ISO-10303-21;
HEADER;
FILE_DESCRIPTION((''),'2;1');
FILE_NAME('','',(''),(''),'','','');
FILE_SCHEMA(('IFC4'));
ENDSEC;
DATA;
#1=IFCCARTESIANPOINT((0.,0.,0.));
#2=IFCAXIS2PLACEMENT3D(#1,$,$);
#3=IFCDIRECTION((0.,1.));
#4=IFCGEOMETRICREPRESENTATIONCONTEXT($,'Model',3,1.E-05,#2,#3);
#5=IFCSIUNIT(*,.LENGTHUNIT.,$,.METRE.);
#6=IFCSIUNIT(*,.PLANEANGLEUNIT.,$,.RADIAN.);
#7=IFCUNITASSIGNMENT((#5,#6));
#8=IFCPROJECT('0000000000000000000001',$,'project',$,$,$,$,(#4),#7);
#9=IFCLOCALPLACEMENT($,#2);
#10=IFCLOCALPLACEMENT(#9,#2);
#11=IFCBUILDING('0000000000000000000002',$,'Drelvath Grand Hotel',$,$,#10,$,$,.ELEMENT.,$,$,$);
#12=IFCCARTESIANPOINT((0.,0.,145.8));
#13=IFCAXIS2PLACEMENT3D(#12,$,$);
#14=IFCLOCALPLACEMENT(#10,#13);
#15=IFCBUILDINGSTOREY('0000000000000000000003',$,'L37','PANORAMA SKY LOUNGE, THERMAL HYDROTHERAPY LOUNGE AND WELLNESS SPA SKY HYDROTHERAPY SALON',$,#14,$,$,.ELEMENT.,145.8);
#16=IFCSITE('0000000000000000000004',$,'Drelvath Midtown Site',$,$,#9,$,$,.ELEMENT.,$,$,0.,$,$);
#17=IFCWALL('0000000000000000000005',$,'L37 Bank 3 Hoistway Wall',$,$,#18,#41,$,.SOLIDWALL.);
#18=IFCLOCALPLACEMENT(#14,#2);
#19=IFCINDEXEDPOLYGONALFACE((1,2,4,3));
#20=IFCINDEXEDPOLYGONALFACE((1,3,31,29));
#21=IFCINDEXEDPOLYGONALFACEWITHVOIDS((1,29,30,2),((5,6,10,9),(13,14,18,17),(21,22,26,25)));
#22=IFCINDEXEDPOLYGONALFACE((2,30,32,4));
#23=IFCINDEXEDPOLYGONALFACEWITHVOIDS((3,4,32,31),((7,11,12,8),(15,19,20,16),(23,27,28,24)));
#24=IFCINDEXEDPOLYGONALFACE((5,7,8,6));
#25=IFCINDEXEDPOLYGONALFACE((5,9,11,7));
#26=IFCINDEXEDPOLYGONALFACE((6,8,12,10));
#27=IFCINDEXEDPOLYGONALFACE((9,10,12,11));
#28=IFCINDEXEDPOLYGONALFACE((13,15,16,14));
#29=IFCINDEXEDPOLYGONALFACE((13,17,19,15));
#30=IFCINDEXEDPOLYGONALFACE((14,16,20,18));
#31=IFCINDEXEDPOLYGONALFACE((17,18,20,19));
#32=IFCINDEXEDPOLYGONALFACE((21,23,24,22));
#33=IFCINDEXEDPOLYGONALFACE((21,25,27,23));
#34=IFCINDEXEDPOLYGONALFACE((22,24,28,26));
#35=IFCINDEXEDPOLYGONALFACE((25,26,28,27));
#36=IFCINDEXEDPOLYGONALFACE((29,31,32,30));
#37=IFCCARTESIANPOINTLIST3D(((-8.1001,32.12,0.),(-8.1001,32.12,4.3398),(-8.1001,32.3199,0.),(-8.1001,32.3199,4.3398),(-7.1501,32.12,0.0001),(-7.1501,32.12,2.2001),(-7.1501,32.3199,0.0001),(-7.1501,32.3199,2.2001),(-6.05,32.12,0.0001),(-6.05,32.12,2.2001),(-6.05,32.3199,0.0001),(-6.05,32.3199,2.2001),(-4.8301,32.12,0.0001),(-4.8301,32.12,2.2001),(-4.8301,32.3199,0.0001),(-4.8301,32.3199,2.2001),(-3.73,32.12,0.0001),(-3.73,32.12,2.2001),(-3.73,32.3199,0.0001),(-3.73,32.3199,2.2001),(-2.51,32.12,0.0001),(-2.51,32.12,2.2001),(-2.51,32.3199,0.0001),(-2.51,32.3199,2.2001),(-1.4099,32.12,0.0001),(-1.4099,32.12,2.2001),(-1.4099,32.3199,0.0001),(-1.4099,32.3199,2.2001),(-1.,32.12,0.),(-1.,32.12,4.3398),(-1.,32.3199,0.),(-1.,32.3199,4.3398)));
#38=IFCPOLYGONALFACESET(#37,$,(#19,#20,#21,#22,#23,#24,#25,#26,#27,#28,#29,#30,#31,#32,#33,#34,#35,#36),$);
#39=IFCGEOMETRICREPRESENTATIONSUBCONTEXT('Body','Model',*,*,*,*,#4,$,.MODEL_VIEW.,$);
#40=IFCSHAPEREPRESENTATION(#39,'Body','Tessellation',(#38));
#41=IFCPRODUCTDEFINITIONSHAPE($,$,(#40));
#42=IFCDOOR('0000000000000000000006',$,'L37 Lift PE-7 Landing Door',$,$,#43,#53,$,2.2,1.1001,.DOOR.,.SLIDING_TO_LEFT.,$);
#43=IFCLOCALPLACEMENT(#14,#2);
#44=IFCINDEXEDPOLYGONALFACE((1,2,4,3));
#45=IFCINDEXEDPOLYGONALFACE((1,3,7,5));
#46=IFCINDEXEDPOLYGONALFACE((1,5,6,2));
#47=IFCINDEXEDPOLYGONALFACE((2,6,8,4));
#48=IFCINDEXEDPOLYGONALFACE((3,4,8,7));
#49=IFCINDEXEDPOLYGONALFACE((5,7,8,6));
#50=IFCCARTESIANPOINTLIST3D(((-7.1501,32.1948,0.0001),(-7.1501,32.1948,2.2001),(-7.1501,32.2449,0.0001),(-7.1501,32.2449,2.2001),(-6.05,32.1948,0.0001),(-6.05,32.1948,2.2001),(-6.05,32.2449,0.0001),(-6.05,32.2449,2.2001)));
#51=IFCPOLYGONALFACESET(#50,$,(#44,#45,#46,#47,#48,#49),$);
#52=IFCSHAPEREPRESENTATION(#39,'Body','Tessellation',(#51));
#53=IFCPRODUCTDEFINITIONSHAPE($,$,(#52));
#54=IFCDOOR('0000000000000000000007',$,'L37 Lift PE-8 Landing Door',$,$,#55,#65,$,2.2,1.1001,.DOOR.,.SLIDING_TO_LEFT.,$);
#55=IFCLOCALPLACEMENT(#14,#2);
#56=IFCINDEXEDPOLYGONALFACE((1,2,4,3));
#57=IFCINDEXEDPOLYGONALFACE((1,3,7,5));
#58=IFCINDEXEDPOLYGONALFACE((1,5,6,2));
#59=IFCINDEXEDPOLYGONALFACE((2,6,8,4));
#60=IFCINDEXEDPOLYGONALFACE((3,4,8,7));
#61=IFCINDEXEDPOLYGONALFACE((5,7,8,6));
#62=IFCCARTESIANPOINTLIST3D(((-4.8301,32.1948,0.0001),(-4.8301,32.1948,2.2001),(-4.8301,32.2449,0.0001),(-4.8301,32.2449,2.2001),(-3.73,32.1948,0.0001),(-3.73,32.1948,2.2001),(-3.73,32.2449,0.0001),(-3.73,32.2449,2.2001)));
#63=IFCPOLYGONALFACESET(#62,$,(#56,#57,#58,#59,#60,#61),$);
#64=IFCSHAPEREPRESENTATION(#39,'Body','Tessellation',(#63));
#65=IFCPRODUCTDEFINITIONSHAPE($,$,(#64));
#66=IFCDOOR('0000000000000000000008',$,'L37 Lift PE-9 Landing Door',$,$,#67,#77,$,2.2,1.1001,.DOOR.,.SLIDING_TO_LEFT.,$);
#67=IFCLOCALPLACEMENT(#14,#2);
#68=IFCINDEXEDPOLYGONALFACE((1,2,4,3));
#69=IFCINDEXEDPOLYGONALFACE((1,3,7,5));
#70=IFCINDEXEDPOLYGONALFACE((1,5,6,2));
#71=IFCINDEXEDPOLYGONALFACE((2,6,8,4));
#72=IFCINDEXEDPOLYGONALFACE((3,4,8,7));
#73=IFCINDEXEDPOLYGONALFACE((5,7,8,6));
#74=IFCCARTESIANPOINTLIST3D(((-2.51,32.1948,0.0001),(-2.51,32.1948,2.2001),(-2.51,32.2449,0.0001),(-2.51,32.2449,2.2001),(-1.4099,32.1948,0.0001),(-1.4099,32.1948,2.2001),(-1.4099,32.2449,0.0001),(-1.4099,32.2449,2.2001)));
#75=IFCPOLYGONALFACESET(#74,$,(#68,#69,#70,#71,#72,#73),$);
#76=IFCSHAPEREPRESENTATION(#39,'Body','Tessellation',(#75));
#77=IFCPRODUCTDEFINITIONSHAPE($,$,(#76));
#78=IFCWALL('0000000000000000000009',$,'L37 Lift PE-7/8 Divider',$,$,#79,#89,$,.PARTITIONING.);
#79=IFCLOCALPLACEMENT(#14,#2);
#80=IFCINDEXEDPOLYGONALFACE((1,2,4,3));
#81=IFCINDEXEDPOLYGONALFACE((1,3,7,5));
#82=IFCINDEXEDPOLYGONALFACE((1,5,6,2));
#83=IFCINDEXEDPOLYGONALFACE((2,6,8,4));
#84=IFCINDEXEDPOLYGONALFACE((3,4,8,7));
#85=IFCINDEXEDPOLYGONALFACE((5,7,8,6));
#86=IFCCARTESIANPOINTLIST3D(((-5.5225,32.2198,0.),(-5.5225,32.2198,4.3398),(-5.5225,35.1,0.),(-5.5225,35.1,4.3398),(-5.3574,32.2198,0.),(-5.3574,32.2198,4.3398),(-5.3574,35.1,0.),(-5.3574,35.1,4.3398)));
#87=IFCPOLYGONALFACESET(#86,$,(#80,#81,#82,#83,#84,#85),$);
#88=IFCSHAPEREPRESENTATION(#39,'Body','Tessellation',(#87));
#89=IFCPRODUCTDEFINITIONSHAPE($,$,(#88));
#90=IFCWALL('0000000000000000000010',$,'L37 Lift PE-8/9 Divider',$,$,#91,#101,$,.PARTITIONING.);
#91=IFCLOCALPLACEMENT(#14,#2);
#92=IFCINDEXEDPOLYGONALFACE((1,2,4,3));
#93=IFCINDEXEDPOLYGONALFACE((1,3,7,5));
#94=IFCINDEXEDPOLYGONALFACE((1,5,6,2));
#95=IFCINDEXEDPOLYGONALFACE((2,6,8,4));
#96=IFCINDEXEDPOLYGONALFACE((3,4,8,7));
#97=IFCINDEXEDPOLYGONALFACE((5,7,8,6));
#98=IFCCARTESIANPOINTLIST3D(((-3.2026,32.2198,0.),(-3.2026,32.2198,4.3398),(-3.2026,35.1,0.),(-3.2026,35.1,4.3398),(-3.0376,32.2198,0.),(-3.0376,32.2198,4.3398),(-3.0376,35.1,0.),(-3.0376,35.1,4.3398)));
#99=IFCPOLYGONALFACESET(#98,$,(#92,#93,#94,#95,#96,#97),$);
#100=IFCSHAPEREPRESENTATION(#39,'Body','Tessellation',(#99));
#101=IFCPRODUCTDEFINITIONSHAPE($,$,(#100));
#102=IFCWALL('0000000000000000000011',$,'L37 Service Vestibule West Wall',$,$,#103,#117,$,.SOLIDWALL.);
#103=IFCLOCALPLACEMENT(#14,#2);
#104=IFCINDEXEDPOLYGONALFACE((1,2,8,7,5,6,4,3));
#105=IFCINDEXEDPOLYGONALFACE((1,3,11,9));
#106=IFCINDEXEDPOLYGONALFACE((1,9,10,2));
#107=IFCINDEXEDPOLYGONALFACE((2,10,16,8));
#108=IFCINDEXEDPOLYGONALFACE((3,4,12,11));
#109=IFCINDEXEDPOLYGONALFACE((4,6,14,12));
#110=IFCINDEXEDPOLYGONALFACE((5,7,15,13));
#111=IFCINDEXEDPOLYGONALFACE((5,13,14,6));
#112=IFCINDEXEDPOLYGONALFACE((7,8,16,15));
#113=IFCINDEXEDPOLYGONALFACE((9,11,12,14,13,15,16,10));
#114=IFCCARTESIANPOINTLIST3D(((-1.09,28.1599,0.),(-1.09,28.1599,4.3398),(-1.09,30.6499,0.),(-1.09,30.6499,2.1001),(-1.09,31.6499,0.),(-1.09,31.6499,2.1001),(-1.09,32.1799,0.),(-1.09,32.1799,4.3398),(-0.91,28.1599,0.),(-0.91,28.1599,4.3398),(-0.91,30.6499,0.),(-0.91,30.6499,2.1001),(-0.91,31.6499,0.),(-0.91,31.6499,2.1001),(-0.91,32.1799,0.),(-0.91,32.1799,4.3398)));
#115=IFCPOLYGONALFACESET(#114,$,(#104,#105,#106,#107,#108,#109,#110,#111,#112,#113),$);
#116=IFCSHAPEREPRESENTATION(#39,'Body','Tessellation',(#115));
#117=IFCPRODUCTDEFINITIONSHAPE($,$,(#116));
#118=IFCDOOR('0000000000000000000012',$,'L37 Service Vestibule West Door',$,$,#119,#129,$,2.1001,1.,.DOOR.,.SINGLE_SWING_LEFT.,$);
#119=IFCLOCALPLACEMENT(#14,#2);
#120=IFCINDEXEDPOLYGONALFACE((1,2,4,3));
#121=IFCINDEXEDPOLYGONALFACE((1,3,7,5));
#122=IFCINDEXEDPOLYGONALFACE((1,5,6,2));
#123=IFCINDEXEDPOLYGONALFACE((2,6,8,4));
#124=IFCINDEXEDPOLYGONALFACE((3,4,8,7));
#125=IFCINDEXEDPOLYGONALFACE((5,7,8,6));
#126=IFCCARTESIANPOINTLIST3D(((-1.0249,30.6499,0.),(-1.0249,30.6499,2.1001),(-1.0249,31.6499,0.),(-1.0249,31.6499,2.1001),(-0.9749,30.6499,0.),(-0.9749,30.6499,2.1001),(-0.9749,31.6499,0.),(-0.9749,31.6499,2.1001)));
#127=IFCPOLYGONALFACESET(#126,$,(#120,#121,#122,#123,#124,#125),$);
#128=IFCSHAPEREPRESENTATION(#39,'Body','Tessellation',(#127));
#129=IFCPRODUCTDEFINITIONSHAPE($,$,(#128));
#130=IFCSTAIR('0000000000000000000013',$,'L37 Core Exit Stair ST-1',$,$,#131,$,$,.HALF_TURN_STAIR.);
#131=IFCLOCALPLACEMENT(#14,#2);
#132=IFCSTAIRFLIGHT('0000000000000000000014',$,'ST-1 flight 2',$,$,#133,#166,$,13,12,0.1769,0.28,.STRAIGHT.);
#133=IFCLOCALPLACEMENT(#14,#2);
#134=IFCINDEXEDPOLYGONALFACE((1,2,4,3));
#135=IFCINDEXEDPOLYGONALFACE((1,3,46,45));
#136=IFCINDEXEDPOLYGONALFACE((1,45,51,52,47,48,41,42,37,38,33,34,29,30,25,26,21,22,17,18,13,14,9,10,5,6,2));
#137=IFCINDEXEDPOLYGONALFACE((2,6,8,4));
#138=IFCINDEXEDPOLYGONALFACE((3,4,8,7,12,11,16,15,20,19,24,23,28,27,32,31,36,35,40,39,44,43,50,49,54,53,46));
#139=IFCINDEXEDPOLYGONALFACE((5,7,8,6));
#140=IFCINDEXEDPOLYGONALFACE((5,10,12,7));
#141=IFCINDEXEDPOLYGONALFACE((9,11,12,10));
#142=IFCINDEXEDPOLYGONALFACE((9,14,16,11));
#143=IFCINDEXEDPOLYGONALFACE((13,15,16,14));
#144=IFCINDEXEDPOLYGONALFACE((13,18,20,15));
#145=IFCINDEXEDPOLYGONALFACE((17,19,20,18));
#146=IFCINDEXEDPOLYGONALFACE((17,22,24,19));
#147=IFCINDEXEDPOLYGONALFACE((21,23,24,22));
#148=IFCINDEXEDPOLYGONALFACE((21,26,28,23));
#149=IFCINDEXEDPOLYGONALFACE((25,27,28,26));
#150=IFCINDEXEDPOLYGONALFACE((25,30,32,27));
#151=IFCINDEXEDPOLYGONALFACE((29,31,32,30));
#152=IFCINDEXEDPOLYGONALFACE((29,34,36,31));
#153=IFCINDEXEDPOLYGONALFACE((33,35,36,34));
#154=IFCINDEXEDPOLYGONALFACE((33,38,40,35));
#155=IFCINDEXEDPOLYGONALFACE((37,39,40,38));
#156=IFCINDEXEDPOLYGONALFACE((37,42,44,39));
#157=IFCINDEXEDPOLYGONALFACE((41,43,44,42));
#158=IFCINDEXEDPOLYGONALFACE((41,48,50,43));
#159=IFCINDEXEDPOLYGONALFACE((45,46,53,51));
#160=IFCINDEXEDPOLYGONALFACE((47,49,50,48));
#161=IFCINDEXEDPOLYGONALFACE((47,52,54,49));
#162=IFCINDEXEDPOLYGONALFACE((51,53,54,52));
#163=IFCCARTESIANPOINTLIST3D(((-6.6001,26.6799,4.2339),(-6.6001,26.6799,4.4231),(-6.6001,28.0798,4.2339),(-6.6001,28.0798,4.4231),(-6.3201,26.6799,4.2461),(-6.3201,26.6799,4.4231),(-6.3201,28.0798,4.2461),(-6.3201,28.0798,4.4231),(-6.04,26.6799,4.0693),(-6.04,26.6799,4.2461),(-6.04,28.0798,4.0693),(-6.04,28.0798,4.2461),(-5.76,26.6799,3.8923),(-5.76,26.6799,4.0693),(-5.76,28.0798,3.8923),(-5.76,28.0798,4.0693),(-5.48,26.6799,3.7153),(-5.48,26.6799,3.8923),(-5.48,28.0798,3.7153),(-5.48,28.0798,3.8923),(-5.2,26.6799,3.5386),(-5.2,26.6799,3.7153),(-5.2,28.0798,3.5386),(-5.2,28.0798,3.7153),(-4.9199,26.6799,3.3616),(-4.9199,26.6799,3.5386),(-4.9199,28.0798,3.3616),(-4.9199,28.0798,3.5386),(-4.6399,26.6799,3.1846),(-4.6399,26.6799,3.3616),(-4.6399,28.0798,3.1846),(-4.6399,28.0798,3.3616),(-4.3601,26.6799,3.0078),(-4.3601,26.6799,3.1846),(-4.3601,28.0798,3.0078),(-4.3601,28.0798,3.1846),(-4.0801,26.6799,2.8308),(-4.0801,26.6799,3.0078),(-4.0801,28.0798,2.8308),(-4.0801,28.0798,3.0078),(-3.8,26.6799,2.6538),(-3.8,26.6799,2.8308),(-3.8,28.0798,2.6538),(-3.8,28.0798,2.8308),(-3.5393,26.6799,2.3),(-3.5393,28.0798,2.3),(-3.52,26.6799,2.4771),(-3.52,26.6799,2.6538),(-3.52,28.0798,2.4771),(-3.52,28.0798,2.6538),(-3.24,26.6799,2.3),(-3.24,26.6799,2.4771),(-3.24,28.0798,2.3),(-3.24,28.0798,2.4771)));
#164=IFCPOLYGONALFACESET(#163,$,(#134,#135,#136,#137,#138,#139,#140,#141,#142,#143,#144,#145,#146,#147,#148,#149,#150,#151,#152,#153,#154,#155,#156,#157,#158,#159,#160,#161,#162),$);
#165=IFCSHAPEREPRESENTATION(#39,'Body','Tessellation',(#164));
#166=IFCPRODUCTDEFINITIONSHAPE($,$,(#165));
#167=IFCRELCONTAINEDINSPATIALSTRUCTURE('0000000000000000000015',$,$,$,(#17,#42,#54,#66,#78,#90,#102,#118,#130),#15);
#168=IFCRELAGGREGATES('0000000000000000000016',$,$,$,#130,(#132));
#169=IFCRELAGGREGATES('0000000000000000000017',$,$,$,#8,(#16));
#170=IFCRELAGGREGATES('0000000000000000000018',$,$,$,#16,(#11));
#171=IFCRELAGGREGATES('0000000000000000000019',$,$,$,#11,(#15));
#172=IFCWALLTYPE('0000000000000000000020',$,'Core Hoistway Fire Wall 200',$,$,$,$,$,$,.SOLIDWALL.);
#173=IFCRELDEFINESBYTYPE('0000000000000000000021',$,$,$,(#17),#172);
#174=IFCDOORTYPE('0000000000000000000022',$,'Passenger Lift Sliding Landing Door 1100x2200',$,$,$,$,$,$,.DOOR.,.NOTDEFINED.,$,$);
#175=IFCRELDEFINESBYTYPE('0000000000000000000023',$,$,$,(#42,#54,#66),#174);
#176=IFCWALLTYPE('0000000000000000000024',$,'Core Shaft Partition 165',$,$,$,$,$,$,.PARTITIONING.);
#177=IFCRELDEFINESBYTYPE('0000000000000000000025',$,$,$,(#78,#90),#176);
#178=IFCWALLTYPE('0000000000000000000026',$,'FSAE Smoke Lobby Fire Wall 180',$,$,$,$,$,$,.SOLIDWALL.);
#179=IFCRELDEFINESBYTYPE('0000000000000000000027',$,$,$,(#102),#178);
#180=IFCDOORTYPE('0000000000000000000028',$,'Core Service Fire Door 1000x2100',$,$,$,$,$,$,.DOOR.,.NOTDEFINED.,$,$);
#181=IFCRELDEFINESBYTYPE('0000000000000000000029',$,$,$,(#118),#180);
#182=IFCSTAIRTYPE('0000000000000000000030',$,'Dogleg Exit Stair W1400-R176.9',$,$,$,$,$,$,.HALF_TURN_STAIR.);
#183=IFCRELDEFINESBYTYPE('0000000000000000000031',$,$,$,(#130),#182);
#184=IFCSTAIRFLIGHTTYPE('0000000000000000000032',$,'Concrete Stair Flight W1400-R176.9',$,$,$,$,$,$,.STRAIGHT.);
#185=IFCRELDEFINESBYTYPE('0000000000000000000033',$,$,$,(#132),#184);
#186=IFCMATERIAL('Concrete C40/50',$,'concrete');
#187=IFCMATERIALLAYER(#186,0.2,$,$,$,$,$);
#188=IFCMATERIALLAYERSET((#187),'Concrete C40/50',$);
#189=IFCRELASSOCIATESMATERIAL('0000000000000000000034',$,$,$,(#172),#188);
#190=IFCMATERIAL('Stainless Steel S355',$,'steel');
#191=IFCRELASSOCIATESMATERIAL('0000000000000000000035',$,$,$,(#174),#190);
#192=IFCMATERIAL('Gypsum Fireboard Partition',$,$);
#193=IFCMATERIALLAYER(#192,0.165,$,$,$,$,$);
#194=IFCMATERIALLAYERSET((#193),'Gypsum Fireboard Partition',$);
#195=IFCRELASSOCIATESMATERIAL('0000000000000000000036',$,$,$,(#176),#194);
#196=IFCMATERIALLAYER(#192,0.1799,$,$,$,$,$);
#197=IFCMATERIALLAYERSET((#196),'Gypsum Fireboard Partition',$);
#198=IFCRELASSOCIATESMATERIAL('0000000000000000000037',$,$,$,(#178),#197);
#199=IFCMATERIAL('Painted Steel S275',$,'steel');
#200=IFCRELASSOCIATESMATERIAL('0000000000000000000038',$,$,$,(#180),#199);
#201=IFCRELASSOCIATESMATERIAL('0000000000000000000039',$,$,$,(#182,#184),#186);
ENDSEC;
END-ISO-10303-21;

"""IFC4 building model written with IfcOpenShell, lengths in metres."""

from ifc_helpers import new_model, si_unit, direction, frame, frame_2d, origin, place, context, subcontext, project, spatial, polyline, rectangle, outline, extrude, material, layer, layer_set, type_object, element, fill, aggregate, save


model = new_model("IFC4")

# Units and contexts
model_context = context("Model", 3, precision=1e-05, world=origin(), true_north=direction((0.0, 1.0)))
body_context = subcontext(model_context, "Body", "Model", "MODEL_VIEW")
ifc_project = project(units=[si_unit("LENGTHUNIT", "METRE"), si_unit("PLANEANGLEUNIT", "RADIAN")], contexts=[model_context])

# Site, building, storey
site_placement = place(None, origin())
site = spatial("IfcSite", under=ifc_project, at=site_placement, Name="Drelvath Midtown Site", CompositionType="ELEMENT", RefElevation=0.0)
building_placement = place(site_placement, origin())
building = spatial("IfcBuilding", under=site, at=building_placement, Name="Drelvath Grand Hotel", CompositionType="ELEMENT")
storey_placement = place(building_placement, frame((0.0, 0.0, 145.8)))
storey = spatial("IfcBuildingStorey", under=building, at=storey_placement, Name="L37", Description="PANORAMA SKY LOUNGE, THERMAL HYDROTHERAPY LOUNGE AND WELLNESS SPA SKY HYDROTHERAPY SALON", CompositionType="ELEMENT", Elevation=145.8)

# Shared definitions
ifc_material_1 = material(Name="Concrete C40/50", Category="concrete")
ifc_layer_1 = layer(ifc_material_1, 0.2)
ifc_layer_set_1 = layer_set([ifc_layer_1], Name="Concrete C40/50")
wall_type_1 = type_object("IfcWallType", Name="Core Hoistway Fire Wall 200", PredefinedType="SOLIDWALL", material=ifc_layer_set_1)
ifc_material_2 = material(Name="Stainless Steel S355", Category="steel")

# Wall, openings, doors
wall_1_placement = place(storey_placement, frame((-8.1001, 32.22, 0.0), z_axis=(0.0, 0.0, 1.0), x_axis=(1.0, 0.0, 0.0)))
wall_1 = element("IfcWall", 1, at=wall_1_placement, inside=storey, type_object=wall_type_1, Name="L37 Bank 3 Hoistway Wall", PredefinedType="SOLIDWALL", context=body_context, shape_type="SweptSolid", body=[
    extrude(rectangle(XDim=7.1001, YDim=0.2, at=frame_2d((3.55, 0.0))), origin(), (0.0, 0.0, 1.0), 4.3398),
])
opening_1_placement = place(wall_1_placement, frame((0.95, 0.0, 0.0)))
opening_1 = element("IfcOpeningElement", 2, at=opening_1_placement, cuts=wall_1, PredefinedType="OPENING", context=body_context, shape_type="SweptSolid", body=[
    extrude(rectangle(XDim=1.1001, YDim=2.2, at=frame_2d((0.55, 1.1001))), frame((0.0, 0.1099, 0.0), z_axis=(0.0, -1.0, 0.0), x_axis=(1.0, 0.0, 0.0)), (0.0, 0.0, 1.0), 0.22),
])
opening_2_placement = place(wall_1_placement, frame((3.27, 0.0, 0.0)))
opening_2 = element("IfcOpeningElement", 3, at=opening_2_placement, cuts=wall_1, PredefinedType="OPENING", context=body_context, shape_type="SweptSolid", body=[
    extrude(rectangle(XDim=1.1001, YDim=2.2, at=frame_2d((0.55, 1.1001))), frame((0.0, 0.1099, 0.0), z_axis=(0.0, -1.0, 0.0), x_axis=(1.0, 0.0, 0.0)), (0.0, 0.0, 1.0), 0.22),
])
opening_3_placement = place(wall_1_placement, frame((5.5901, 0.0, 0.0)))
opening_3 = element("IfcOpeningElement", 4, at=opening_3_placement, cuts=wall_1, PredefinedType="OPENING", context=body_context, shape_type="SweptSolid", body=[
    extrude(rectangle(XDim=1.1001, YDim=2.2, at=frame_2d((0.55, 1.1001))), frame((0.0, 0.1099, 0.0), z_axis=(0.0, -1.0, 0.0), x_axis=(1.0, 0.0, 0.0)), (0.0, 0.0, 1.0), 0.22),
])
door_type_1 = type_object("IfcDoorType", Name="Passenger Lift Sliding Landing Door 1100x2200", OperationType="NOTDEFINED", PredefinedType="DOOR", material=ifc_material_2)
door_1_placement = place(opening_1_placement, origin())
door_1 = element("IfcDoor", 5, at=door_1_placement, inside=storey, type_object=door_type_1, Name="L37 Lift PE-7 Landing Door", OperationType="SLIDING_TO_LEFT", OverallHeight=2.2, OverallWidth=1.1001, PredefinedType="DOOR", context=body_context, shape_type="SweptSolid", body=[
    extrude(rectangle(XDim=1.1001, YDim=2.2, at=frame_2d((0.55, 1.1001))), frame((0.0, 0.0249, 0.0), z_axis=(0.0, -1.0, 0.0), x_axis=(1.0, 0.0, 0.0)), (0.0, 0.0, 1.0), 0.05),
])
fill(opening_1, door_1)
door_2_placement = place(opening_2_placement, origin())
door_2 = element("IfcDoor", 6, at=door_2_placement, inside=storey, type_object=door_type_1, Name="L37 Lift PE-8 Landing Door", OperationType="SLIDING_TO_LEFT", OverallHeight=2.2, OverallWidth=1.1001, PredefinedType="DOOR", context=body_context, shape_type="SweptSolid", body=[
    extrude(rectangle(XDim=1.1001, YDim=2.2, at=frame_2d((0.55, 1.1001))), frame((0.0, 0.0249, 0.0), z_axis=(0.0, -1.0, 0.0), x_axis=(1.0, 0.0, 0.0)), (0.0, 0.0, 1.0), 0.05),
])
fill(opening_2, door_2)
door_3_placement = place(opening_3_placement, origin())
door_3 = element("IfcDoor", 7, at=door_3_placement, inside=storey, type_object=door_type_1, Name="L37 Lift PE-9 Landing Door", OperationType="SLIDING_TO_LEFT", OverallHeight=2.2, OverallWidth=1.1001, PredefinedType="DOOR", context=body_context, shape_type="SweptSolid", body=[
    extrude(rectangle(XDim=1.1001, YDim=2.2, at=frame_2d((0.55, 1.1001))), frame((0.0, 0.0249, 0.0), z_axis=(0.0, -1.0, 0.0), x_axis=(1.0, 0.0, 0.0)), (0.0, 0.0, 1.0), 0.05),
])
fill(opening_3, door_3)

# Walls
ifc_material_3 = material(Name="Gypsum Fireboard Partition")
ifc_layer_2 = layer(ifc_material_3, 0.165)
ifc_layer_set_2 = layer_set([ifc_layer_2], Name="Gypsum Fireboard Partition")
wall_type_2 = type_object("IfcWallType", Name="Core Shaft Partition 165", PredefinedType="PARTITIONING", material=ifc_layer_set_2)
for number, where, z_axis, x_axis, name in (
    (8, (-5.4399, 32.22, 0.0), (0.0, 0.0, 1.0), (0.0, 1.0, 0.0), "L37 Lift PE-7/8 Divider"),
    (9, (-3.1201, 32.22, 0.0), (0.0, 0.0, 1.0), (0.0, 1.0, 0.0), "L37 Lift PE-8/9 Divider"),
):
    element("IfcWall", number, at=place(storey_placement, frame(where, z_axis=z_axis, x_axis=x_axis)), inside=storey, type_object=wall_type_2, Name=name, PredefinedType="PARTITIONING", context=body_context, shape_type="SweptSolid", body=[
        extrude(rectangle(XDim=2.8801, YDim=0.165, at=frame_2d((1.4399, 0.0))), origin(), (0.0, 0.0, 1.0), 4.3398),
    ])

# Wall, opening, door
ifc_layer_3 = layer(ifc_material_3, 0.1799)
ifc_layer_set_3 = layer_set([ifc_layer_3], Name="Gypsum Fireboard Partition")
wall_type_3 = type_object("IfcWallType", Name="FSAE Smoke Lobby Fire Wall 180", PredefinedType="SOLIDWALL", material=ifc_layer_set_3)
wall_2_placement = place(storey_placement, frame((-1.0, 28.1599, 0.0), z_axis=(0.0, 0.0, 1.0), x_axis=(0.0, 1.0, 0.0)))
wall_2 = element("IfcWall", 10, at=wall_2_placement, inside=storey, type_object=wall_type_3, Name="L37 Service Vestibule West Wall", PredefinedType="SOLIDWALL", context=body_context, shape_type="SweptSolid", body=[
    extrude(rectangle(XDim=4.02, YDim=0.1799, at=frame_2d((2.01, 0.0))), origin(), (0.0, 0.0, 1.0), 4.3398),
])
opening_4_placement = place(wall_2_placement, frame((2.49, 0.0, 0.0)))
opening_4 = element("IfcOpeningElement", 11, at=opening_4_placement, cuts=wall_2, PredefinedType="OPENING", context=body_context, shape_type="SweptSolid", body=[
    extrude(rectangle(XDim=1.0, YDim=2.1001, at=frame_2d((0.5, 1.05))), frame((0.0, 0.0999, 0.0), z_axis=(0.0, -1.0, 0.0), x_axis=(1.0, 0.0, 0.0)), (0.0, 0.0, 1.0), 0.2),
])
ifc_material_4 = material(Name="Painted Steel S275", Category="steel")
door_type_2 = type_object("IfcDoorType", Name="Core Service Fire Door 1000x2100", OperationType="NOTDEFINED", PredefinedType="DOOR", material=ifc_material_4)
door_4_placement = place(opening_4_placement, origin())
door_4 = element("IfcDoor", 12, at=door_4_placement, inside=storey, type_object=door_type_2, Name="L37 Service Vestibule West Door", OperationType="SINGLE_SWING_LEFT", OverallHeight=2.1001, OverallWidth=1.0, PredefinedType="DOOR", context=body_context, shape_type="SweptSolid", body=[
    extrude(rectangle(XDim=1.0, YDim=2.1001, at=frame_2d((0.5, 1.05))), frame((0.0, 0.0249, 0.0), z_axis=(0.0, -1.0, 0.0), x_axis=(1.0, 0.0, 0.0)), (0.0, 0.0, 1.0), 0.05),
])
fill(opening_4, door_4)

# Stair, stair flight
stair_type = type_object("IfcStairType", Name="Dogleg Exit Stair W1400-R176.9", PredefinedType="HALF_TURN_STAIR", material=ifc_material_1)
stair_placement = place(storey_placement, origin())
stair = element("IfcStair", 13, at=stair_placement, inside=storey, type_object=stair_type, Name="L37 Core Exit Stair ST-1", PredefinedType="HALF_TURN_STAIR")
stair_flight_type = type_object("IfcStairFlightType", Name="Concrete Stair Flight W1400-R176.9", PredefinedType="STRAIGHT", material=ifc_material_1)
stair_flight_placement = place(storey_placement, frame((-3.24, 27.3799, 2.3), z_axis=(0.0, 0.0, 1.0), x_axis=(-1.0, 0.0, 0.0)))
stair_flight = element("IfcStairFlight", 14, at=stair_flight_placement, type_object=stair_flight_type, Name="ST-1 flight 2", NumberOfRisers=13, NumberOfTreads=12, PredefinedType="STRAIGHT", RiserHeight=0.1769, TreadLength=0.28, context=body_context, shape_type="SweptSolid", body=[
    extrude(outline(polyline([(0.0, 0.0), (0.0, 0.177), (0.28, 0.177), (0.28, 0.3538), (0.5601, 0.3538), (0.5601, 0.5308), (0.8401, 0.5308), (0.8401, 0.7078), (1.1201, 0.7078), (1.1201, 0.8845), (1.3999, 0.8845), (1.3999, 1.0615), (1.6799, 1.0615), (1.6799, 1.2385), (1.96, 1.2385), (1.96, 1.4153), (2.24, 1.4153), (2.24, 1.5923), (2.52, 1.5923), (2.52, 1.7693), (2.8, 1.7693), (2.8, 1.946), (3.0801, 1.946), (3.0801, 2.123), (3.3601, 2.123), (3.3601, 2.3), (3.3601, 1.9338), (0.2993, 0.0), (0.0, 0.0)])), frame((0.0, 0.7, 0.0), z_axis=(0.0, -1.0, 0.0), x_axis=(1.0, 0.0, 0.0)), (0.0, 0.0, 1.0), 1.3999),
])
aggregate(stair, [stair_flight])

save(model, "model.ifc")
